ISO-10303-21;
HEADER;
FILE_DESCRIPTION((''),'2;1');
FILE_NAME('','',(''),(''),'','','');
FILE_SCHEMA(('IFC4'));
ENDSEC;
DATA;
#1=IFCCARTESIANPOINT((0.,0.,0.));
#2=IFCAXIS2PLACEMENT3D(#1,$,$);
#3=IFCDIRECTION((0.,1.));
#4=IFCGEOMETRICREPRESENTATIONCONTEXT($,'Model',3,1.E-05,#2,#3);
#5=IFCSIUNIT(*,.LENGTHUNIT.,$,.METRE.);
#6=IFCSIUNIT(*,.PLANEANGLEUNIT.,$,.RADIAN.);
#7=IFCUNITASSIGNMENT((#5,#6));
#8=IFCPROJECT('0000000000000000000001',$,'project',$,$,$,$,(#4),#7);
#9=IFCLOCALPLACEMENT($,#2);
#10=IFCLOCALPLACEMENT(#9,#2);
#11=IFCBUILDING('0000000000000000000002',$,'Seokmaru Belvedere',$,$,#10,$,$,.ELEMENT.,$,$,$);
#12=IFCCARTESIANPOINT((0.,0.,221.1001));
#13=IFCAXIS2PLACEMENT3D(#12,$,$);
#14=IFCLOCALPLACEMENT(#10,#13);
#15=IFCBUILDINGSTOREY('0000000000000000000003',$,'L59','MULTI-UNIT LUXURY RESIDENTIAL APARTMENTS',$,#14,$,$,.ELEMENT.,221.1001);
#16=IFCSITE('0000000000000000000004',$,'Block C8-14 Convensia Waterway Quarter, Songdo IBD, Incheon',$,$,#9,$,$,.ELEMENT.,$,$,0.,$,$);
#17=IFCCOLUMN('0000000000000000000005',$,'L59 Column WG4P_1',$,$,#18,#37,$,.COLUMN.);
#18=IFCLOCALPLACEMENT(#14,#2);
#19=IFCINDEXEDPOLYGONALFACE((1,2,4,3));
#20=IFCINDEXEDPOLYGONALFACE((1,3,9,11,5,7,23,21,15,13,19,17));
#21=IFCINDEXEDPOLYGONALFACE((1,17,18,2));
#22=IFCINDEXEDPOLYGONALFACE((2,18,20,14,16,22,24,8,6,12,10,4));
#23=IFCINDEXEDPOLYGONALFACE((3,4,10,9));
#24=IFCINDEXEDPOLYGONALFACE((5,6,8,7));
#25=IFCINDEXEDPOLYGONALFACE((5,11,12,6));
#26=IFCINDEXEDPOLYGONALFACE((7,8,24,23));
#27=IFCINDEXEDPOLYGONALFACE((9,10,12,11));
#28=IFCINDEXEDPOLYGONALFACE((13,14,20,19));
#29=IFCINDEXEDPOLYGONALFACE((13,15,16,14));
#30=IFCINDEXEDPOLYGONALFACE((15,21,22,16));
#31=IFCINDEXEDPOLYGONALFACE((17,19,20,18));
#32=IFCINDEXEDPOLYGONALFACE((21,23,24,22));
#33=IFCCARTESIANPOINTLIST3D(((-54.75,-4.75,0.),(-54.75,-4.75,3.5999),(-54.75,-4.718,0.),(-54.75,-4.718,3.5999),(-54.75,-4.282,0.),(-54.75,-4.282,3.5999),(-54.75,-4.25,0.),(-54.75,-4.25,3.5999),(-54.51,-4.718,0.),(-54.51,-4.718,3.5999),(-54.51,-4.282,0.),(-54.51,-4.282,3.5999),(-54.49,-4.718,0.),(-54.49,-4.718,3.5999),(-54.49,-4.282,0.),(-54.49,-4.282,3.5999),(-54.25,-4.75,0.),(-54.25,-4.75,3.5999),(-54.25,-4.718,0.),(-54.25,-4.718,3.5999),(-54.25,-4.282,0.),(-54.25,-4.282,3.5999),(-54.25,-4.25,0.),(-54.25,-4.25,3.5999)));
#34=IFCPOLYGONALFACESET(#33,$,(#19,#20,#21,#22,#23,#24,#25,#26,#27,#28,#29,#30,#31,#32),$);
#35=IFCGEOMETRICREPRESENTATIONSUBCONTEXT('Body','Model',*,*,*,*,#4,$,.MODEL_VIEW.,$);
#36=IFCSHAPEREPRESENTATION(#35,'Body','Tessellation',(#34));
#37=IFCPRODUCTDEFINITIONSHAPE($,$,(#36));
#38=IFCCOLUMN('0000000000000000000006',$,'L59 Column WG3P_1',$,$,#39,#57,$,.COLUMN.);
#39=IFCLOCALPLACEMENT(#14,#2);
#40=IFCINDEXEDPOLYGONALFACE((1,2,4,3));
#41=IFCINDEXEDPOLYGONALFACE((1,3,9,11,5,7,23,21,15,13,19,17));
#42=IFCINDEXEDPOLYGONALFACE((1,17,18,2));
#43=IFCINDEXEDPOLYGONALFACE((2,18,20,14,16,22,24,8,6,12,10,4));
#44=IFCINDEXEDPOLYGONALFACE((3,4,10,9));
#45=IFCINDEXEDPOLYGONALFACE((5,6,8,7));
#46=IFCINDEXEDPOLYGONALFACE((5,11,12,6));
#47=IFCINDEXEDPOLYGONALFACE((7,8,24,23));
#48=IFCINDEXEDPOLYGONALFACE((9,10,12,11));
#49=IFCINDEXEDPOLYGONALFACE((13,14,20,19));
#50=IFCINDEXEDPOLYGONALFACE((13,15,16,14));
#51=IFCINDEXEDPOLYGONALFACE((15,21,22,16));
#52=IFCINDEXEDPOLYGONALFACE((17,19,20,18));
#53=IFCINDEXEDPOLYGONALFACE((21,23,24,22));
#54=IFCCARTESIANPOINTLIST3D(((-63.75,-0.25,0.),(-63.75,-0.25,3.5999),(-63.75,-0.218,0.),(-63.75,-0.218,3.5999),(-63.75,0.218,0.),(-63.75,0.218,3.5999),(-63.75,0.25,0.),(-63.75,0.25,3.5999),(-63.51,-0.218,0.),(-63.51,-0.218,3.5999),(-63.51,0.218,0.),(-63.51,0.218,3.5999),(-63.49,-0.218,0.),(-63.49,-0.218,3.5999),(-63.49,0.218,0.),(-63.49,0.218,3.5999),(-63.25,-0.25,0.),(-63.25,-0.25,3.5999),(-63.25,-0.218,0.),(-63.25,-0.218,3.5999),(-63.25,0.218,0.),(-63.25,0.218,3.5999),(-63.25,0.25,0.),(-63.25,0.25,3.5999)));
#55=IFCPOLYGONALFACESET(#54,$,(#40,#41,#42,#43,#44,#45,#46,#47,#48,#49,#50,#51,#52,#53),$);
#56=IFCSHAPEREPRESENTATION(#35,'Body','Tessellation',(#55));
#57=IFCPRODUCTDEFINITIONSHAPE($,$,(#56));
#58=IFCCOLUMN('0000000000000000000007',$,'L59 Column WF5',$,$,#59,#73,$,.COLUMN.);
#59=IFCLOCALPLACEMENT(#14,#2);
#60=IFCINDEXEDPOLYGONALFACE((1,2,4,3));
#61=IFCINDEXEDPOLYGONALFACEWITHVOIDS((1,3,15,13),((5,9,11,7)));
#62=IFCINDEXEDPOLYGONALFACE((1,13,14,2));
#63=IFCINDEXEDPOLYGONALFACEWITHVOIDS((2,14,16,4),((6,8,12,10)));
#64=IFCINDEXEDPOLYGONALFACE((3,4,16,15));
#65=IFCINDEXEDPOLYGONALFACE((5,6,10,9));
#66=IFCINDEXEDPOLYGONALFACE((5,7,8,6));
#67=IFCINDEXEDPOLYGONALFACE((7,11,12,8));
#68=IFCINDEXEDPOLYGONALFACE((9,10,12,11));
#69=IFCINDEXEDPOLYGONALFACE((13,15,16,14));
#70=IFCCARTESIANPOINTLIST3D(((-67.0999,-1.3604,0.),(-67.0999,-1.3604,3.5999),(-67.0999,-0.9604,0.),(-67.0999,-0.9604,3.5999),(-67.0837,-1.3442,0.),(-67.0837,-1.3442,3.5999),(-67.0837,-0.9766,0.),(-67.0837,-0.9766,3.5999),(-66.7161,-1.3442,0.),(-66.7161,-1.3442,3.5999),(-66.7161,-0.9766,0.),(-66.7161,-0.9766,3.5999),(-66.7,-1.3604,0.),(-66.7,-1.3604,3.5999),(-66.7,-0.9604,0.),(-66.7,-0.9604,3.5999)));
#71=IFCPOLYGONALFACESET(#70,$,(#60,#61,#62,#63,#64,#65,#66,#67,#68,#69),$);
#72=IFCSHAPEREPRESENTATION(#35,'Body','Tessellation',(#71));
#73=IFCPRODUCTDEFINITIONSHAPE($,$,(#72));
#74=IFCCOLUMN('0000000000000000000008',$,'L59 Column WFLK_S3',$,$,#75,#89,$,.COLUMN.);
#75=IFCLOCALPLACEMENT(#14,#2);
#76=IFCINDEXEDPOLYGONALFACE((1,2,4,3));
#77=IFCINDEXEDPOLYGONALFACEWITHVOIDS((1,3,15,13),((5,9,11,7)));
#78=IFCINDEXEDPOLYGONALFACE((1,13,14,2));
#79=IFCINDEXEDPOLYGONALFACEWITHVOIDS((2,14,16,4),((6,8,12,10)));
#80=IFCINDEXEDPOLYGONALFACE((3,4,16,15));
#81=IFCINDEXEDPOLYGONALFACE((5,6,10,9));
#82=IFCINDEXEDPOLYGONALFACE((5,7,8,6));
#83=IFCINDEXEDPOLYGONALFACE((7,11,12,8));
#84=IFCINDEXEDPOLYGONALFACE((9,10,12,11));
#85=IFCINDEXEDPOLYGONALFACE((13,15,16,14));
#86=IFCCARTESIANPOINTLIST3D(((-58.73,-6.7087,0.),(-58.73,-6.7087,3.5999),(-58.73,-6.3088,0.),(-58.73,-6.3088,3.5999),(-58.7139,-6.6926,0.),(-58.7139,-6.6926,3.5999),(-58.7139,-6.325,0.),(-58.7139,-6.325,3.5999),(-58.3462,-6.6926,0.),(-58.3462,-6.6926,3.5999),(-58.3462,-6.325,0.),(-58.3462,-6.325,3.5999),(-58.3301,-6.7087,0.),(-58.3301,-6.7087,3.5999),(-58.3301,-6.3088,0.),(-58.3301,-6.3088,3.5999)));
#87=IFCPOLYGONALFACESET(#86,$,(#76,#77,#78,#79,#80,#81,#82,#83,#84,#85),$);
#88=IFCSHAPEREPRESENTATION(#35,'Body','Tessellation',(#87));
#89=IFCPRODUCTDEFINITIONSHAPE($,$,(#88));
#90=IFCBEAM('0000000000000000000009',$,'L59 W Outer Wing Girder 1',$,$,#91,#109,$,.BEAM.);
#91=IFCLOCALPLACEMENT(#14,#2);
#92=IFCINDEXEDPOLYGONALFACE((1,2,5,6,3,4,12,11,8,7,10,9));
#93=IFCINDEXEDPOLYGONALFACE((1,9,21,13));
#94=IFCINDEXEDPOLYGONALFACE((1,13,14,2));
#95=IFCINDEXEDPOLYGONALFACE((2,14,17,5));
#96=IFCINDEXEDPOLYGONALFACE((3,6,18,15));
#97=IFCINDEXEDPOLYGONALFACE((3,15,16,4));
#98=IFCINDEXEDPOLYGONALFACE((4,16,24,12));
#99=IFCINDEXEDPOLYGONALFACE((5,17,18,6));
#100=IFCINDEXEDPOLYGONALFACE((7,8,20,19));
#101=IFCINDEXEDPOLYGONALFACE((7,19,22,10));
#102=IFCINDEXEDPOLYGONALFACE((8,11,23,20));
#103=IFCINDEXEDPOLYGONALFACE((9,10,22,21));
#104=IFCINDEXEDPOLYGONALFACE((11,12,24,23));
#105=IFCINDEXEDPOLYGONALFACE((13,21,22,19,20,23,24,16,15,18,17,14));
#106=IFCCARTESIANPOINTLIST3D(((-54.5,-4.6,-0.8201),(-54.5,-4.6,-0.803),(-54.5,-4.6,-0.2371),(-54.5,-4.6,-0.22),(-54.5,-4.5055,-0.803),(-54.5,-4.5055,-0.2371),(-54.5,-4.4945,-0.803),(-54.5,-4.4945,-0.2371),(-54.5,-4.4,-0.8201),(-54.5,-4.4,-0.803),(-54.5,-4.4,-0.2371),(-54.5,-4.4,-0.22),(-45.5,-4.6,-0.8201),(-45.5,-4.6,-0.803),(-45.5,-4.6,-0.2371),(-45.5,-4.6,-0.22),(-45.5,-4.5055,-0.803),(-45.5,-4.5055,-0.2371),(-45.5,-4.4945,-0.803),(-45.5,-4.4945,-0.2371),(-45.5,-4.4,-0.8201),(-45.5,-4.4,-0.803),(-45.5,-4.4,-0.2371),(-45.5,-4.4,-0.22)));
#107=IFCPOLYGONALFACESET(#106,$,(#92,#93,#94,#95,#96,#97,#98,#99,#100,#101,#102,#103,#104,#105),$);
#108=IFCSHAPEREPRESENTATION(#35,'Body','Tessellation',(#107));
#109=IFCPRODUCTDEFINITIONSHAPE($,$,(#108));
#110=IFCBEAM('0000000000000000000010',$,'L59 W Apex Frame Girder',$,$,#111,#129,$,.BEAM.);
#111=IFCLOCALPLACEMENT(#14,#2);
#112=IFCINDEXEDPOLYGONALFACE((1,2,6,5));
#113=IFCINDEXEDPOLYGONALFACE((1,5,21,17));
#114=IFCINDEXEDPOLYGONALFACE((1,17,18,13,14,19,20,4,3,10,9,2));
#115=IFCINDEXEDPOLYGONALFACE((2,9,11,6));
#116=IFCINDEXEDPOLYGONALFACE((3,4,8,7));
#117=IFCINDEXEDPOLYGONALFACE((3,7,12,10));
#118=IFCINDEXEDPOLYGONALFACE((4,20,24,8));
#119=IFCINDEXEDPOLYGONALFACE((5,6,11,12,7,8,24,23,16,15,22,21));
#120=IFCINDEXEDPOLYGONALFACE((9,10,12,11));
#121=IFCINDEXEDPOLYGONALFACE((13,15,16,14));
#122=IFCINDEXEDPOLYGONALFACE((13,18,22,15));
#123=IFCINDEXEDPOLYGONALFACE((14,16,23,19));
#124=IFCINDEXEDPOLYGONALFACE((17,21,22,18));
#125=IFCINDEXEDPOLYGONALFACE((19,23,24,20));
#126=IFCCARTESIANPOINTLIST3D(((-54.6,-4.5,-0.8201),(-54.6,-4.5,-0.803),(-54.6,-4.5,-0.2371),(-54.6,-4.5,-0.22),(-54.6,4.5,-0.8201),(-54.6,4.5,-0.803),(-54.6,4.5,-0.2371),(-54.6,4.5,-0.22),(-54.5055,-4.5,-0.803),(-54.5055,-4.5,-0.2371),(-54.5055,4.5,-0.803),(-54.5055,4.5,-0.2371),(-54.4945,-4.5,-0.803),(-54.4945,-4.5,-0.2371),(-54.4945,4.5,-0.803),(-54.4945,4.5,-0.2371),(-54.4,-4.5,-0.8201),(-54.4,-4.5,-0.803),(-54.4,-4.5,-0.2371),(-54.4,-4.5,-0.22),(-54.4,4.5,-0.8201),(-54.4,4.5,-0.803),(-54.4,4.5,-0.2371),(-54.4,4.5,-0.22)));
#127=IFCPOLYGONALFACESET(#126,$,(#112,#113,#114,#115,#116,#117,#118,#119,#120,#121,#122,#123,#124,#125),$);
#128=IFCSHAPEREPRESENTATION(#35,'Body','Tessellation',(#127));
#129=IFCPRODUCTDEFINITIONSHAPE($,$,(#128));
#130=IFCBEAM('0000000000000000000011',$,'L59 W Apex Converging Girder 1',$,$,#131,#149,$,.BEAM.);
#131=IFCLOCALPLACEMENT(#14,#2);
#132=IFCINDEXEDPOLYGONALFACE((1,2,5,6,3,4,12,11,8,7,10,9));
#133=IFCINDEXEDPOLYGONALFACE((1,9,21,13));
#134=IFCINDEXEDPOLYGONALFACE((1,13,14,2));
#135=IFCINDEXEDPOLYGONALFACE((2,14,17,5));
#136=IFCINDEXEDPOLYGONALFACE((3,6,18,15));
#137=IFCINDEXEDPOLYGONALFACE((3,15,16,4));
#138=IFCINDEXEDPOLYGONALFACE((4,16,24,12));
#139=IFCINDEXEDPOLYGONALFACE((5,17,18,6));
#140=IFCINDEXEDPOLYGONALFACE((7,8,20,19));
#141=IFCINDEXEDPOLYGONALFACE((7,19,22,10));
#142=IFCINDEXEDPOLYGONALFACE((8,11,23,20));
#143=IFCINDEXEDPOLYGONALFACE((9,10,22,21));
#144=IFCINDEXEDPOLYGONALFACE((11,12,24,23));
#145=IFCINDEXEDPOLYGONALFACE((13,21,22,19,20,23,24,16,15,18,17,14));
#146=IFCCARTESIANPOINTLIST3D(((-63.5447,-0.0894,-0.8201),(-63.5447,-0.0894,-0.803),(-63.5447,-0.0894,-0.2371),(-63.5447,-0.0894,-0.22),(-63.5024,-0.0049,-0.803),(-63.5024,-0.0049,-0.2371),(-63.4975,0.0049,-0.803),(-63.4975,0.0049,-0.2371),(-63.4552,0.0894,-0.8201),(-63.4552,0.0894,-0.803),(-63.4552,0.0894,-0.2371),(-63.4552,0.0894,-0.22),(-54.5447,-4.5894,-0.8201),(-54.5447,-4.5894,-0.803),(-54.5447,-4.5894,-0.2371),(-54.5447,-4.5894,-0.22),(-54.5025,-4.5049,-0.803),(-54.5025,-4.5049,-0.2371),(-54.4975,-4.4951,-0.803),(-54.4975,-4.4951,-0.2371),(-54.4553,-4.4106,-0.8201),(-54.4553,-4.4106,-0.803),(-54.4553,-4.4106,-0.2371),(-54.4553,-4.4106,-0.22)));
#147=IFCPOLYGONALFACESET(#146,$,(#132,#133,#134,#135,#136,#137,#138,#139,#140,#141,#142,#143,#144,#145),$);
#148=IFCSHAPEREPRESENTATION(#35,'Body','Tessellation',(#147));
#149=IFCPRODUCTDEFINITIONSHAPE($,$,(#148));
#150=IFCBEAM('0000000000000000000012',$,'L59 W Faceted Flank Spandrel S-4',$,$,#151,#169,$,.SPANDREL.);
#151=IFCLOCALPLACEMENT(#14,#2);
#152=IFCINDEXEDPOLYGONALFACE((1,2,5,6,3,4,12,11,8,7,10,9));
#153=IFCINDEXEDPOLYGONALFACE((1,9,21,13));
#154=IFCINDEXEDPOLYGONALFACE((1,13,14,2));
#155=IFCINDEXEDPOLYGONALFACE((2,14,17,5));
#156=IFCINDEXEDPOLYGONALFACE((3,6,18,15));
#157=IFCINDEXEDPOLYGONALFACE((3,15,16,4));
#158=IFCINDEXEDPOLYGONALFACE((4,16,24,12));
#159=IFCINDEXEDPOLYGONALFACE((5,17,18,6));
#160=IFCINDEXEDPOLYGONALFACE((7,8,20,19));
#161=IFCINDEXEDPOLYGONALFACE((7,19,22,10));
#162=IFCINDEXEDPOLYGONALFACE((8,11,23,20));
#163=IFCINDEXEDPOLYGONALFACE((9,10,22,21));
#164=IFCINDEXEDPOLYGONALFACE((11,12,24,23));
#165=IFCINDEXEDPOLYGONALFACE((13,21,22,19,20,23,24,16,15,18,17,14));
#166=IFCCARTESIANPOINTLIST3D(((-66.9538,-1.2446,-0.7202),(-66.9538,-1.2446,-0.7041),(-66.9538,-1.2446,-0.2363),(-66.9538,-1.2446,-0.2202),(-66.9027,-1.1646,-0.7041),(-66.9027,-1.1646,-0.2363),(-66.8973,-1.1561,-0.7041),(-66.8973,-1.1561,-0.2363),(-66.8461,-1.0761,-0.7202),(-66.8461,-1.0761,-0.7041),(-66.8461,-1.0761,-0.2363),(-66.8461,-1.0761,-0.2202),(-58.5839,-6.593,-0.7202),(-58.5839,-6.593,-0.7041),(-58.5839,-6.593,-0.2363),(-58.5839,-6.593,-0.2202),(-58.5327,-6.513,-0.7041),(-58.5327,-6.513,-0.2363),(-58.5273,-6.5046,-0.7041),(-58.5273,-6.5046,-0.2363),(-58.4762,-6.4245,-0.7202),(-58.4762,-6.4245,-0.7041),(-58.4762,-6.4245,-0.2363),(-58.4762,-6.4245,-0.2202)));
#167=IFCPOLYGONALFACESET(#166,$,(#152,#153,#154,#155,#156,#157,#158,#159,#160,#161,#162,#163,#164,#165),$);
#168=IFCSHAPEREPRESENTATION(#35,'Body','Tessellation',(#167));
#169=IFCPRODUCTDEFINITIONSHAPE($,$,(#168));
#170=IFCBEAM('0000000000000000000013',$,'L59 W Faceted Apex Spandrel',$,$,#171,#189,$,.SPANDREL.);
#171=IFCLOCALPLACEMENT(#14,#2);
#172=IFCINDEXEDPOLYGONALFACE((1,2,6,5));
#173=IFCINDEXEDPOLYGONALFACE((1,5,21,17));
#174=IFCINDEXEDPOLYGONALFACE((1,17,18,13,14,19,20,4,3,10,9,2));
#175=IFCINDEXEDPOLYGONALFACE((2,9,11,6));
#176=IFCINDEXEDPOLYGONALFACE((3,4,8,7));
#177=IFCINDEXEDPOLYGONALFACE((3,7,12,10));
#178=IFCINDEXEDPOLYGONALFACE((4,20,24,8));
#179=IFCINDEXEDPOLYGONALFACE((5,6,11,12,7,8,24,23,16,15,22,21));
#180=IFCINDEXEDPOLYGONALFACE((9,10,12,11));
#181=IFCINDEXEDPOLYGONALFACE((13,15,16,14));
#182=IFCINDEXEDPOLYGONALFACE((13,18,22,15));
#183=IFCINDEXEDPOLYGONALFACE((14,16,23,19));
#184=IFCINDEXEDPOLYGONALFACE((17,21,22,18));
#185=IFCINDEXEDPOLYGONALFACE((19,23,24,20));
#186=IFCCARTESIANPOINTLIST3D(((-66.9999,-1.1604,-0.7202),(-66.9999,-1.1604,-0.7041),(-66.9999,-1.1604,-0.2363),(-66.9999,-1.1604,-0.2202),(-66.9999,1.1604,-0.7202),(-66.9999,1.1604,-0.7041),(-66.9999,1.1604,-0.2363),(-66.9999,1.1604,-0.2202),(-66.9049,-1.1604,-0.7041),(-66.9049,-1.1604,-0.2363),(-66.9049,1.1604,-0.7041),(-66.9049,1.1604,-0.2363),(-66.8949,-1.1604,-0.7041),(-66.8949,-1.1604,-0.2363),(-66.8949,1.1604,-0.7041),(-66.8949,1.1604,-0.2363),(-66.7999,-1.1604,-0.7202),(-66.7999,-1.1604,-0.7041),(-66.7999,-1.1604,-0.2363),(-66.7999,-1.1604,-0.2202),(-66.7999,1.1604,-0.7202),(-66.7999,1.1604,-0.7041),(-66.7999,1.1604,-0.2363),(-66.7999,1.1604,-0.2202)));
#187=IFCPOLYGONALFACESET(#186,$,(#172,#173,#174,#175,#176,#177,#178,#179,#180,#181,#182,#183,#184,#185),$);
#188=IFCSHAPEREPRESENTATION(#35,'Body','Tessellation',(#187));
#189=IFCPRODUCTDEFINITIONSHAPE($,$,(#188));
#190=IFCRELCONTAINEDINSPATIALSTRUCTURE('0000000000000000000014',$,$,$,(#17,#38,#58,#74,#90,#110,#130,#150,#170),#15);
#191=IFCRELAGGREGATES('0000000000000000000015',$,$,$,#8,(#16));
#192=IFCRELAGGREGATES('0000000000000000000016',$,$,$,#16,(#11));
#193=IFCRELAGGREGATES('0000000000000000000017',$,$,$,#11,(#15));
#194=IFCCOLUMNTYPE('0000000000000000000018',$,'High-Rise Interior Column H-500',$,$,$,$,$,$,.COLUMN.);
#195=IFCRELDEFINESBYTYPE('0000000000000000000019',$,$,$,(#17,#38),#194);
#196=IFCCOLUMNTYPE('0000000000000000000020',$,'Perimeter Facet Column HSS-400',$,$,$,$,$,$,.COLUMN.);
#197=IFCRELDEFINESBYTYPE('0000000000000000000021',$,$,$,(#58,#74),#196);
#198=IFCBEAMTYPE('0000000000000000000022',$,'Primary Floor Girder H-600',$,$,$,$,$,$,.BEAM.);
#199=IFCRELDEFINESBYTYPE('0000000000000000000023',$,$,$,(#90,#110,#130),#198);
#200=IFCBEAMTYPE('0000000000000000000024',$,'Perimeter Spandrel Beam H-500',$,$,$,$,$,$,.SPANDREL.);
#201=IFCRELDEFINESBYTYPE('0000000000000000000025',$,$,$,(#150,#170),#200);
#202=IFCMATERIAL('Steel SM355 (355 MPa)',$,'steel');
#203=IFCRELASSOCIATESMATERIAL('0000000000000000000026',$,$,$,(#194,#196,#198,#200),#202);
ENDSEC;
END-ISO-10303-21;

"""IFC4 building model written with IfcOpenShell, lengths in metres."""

from ifc_helpers import new_model, si_unit, direction, frame, origin, origin_2d, place, context, subcontext, project, spatial, hollow_rectangle, i_section, extrude, source, transform, mapped, material, material_profile, profile_set, type_object, type_shapes, element, save


model = new_model("IFC4")

# Units and contexts
model_context = context("Model", 3, precision=1e-05, world=origin(), true_north=direction((0.0, 1.0)))
body_context = subcontext(model_context, "Body", "Model", "MODEL_VIEW")
ifc_project = project(units=[si_unit("LENGTHUNIT", "METRE"), si_unit("PLANEANGLEUNIT", "RADIAN")], contexts=[model_context])

# Site, building, storey
site_placement = place(None, origin())
site = spatial("IfcSite", under=ifc_project, at=site_placement, Name="Block C8-14 Convensia Waterway Quarter, Songdo IBD, Incheon", CompositionType="ELEMENT", RefElevation=0.0)
building_placement = place(site_placement, origin())
building = spatial("IfcBuilding", under=site, at=building_placement, Name="Seokmaru Belvedere", CompositionType="ELEMENT")
storey_placement = place(building_placement, frame((0.0, 0.0, 221.1001)))
storey = spatial("IfcBuildingStorey", under=building, at=storey_placement, Name="L59", Description="MULTI-UNIT LUXURY RESIDENTIAL APARTMENTS", CompositionType="ELEMENT", Elevation=221.1001)

# Columns
ifc_material_1 = material(Name="Steel SM355 (355 MPa)", Category="steel")
ifc_material_profile_1 = material_profile(ifc_material_1, i_section(OverallWidth=0.5, OverallDepth=0.5, WebThickness=0.02, FlangeThickness=0.032, at=origin_2d()), Name="H-500x500x20x32")
ifc_profile_set_1 = profile_set([ifc_material_profile_1], Name="Steel SM355 (355 MPa)")
column_type_1 = type_object("IfcColumnType", Name="High-Rise Interior Column H-500", PredefinedType="COLUMN", material=ifc_profile_set_1)
shared_shape_1 = source(origin(), body_context, "Body", "SweptSolid", [
    extrude(i_section(OverallWidth=0.5, OverallDepth=0.5, WebThickness=0.02, FlangeThickness=0.032, at=origin_2d()), origin(), (0.0, 0.0, 1.0), 3.5999),
])
type_shapes(column_type_1, [shared_shape_1])
for number, where, z_axis, x_axis, name in (
    (1, (-54.5, -4.5, 0.0), (0.0, 0.0, 1.0), (1.0, 0.0, 0.0), "L59 Column WG4P_1"),
    (2, (-63.5, 0.0, 0.0), (0.0, 0.0, 1.0), (1.0, 0.0, 0.0), "L59 Column WG3P_1"),
):
    element("IfcColumn", number, at=place(storey_placement, frame(where, z_axis=z_axis, x_axis=x_axis)), inside=storey, type_object=column_type_1, Name=name, PredefinedType="COLUMN", context=body_context, shape_type="MappedRepresentation", body=[
        mapped(shared_shape_1, transform((0.0, 0.0, 0.0), scale=1.0)),
    ])
ifc_material_profile_2 = material_profile(ifc_material_1, hollow_rectangle(XDim=0.3999, YDim=0.3999, WallThickness=0.0161, at=origin_2d()), Name="HSS-400x400x16")
ifc_profile_set_2 = profile_set([ifc_material_profile_2], Name="Steel SM355 (355 MPa)")
column_type_2 = type_object("IfcColumnType", Name="Perimeter Facet Column HSS-400", PredefinedType="COLUMN", material=ifc_profile_set_2)
shared_shape_2 = source(origin(), body_context, "Body", "SweptSolid", [
    extrude(hollow_rectangle(XDim=0.3999, YDim=0.3999, WallThickness=0.0161, at=origin_2d()), origin(), (0.0, 0.0, 1.0), 3.5999),
])
type_shapes(column_type_2, [shared_shape_2])
for number, where, z_axis, x_axis, name in (
    (3, (-66.8999, -1.1604, 0.0), (0.0, 0.0, 1.0), (1.0, 0.0, 0.0), "L59 Column WF5"),
    (4, (-58.53, -6.5088, 0.0), (0.0, 0.0, 1.0), (1.0, 0.0, 0.0), "L59 Column WFLK_S3"),
):
    element("IfcColumn", number, at=place(storey_placement, frame(where, z_axis=z_axis, x_axis=x_axis)), inside=storey, type_object=column_type_2, Name=name, PredefinedType="COLUMN", context=body_context, shape_type="MappedRepresentation", body=[
        mapped(shared_shape_2, transform((0.0, 0.0, 0.0), scale=1.0)),
    ])

# Beams
ifc_material_profile_3 = material_profile(ifc_material_1, i_section(OverallWidth=0.2, OverallDepth=0.6001, WebThickness=0.011, FlangeThickness=0.0171, at=origin_2d()), Name="H-600x200x11x17")
ifc_profile_set_3 = profile_set([ifc_material_profile_3], Name="Steel SM355 (355 MPa)")
beam_type_1 = type_object("IfcBeamType", Name="Primary Floor Girder H-600", PredefinedType="BEAM", material=ifc_profile_set_3)
shared_shape_3 = source(origin(), body_context, "Body", "SweptSolid", [
    extrude(i_section(OverallWidth=0.2, OverallDepth=0.6001, WebThickness=0.011, FlangeThickness=0.0171, at=origin_2d()), origin(), (0.0, 0.0, 1.0), 9.0),
])
for number, where, z_axis, x_axis, name in (
    (5, (-54.5, -4.5, -0.52), (1.0, 0.0, 0.0), (0.0, 1.0, 0.0), "L59 W Outer Wing Girder 1"),
    (6, (-54.5, -4.5, -0.52), (0.0, 1.0, 0.0), (-1.0, 0.0, 0.0), "L59 W Apex Frame Girder"),
):
    element("IfcBeam", number, at=place(storey_placement, frame(where, z_axis=z_axis, x_axis=x_axis)), inside=storey, type_object=beam_type_1, Name=name, PredefinedType="BEAM", context=body_context, shape_type="MappedRepresentation", body=[
        mapped(shared_shape_3, transform((0.0, 0.0, 0.0), scale=1.0)),
    ])
shared_shape_4 = source(origin(), body_context, "Body", "SweptSolid", [
    extrude(i_section(OverallWidth=0.2, OverallDepth=0.6001, WebThickness=0.011, FlangeThickness=0.0171, at=origin_2d()), origin(), (0.0, 0.0, 1.0), 10.0623),
])
beam_1_placement = place(storey_placement, frame((-54.5, -4.5, -0.52), z_axis=(-0.894427, 0.447214, 0.0), x_axis=(-0.447214, -0.894427, 0.0)))
element("IfcBeam", 7, at=beam_1_placement, inside=storey, type_object=beam_type_1, Name="L59 W Apex Converging Girder 1", PredefinedType="BEAM", context=body_context, shape_type="MappedRepresentation", body=[
    mapped(shared_shape_4, transform((0.0, 0.0, 0.0), scale=1.0)),
])
ifc_material_profile_4 = material_profile(ifc_material_1, i_section(OverallWidth=0.2, OverallDepth=0.5, WebThickness=0.01, FlangeThickness=0.0161, at=origin_2d()), Name="H-500x200x10x16")
ifc_profile_set_4 = profile_set([ifc_material_profile_4], Name="Steel SM355 (355 MPa)")
beam_type_2 = type_object("IfcBeamType", Name="Perimeter Spandrel Beam H-500", PredefinedType="SPANDREL", material=ifc_profile_set_4)
shared_shape_5 = source(origin(), body_context, "Body", "SweptSolid", [
    extrude(i_section(OverallWidth=0.2, OverallDepth=0.5, WebThickness=0.01, FlangeThickness=0.0161, at=origin_2d()), origin(), (0.0, 0.0, 1.0), 9.9329),
])
beam_2_placement = place(storey_placement, frame((-58.53, -6.5088, -0.4702), z_axis=(-0.842652, 0.538459, 0.0), x_axis=(-0.538459, -0.842652, 0.0)))
element("IfcBeam", 8, at=beam_2_placement, inside=storey, type_object=beam_type_2, Name="L59 W Faceted Flank Spandrel S-4", PredefinedType="SPANDREL", context=body_context, shape_type="MappedRepresentation", body=[
    mapped(shared_shape_5, transform((0.0, 0.0, 0.0), scale=1.0)),
])
shared_shape_6 = source(origin(), body_context, "Body", "SweptSolid", [
    extrude(i_section(OverallWidth=0.2, OverallDepth=0.5, WebThickness=0.01, FlangeThickness=0.0161, at=origin_2d()), origin(), (0.0, 0.0, 1.0), 2.3208),
])
type_shapes(beam_type_2, [shared_shape_5, shared_shape_6])
beam_3_placement = place(storey_placement, frame((-66.8999, -1.1604, -0.4702), z_axis=(0.0, 1.0, 0.0), x_axis=(-1.0, 0.0, 0.0)))
element("IfcBeam", 9, at=beam_3_placement, inside=storey, type_object=beam_type_2, Name="L59 W Faceted Apex Spandrel", PredefinedType="SPANDREL", context=body_context, shape_type="MappedRepresentation", body=[
    mapped(shared_shape_6, transform((0.0, 0.0, 0.0), scale=1.0)),
])

save(model, "model.ifc")
